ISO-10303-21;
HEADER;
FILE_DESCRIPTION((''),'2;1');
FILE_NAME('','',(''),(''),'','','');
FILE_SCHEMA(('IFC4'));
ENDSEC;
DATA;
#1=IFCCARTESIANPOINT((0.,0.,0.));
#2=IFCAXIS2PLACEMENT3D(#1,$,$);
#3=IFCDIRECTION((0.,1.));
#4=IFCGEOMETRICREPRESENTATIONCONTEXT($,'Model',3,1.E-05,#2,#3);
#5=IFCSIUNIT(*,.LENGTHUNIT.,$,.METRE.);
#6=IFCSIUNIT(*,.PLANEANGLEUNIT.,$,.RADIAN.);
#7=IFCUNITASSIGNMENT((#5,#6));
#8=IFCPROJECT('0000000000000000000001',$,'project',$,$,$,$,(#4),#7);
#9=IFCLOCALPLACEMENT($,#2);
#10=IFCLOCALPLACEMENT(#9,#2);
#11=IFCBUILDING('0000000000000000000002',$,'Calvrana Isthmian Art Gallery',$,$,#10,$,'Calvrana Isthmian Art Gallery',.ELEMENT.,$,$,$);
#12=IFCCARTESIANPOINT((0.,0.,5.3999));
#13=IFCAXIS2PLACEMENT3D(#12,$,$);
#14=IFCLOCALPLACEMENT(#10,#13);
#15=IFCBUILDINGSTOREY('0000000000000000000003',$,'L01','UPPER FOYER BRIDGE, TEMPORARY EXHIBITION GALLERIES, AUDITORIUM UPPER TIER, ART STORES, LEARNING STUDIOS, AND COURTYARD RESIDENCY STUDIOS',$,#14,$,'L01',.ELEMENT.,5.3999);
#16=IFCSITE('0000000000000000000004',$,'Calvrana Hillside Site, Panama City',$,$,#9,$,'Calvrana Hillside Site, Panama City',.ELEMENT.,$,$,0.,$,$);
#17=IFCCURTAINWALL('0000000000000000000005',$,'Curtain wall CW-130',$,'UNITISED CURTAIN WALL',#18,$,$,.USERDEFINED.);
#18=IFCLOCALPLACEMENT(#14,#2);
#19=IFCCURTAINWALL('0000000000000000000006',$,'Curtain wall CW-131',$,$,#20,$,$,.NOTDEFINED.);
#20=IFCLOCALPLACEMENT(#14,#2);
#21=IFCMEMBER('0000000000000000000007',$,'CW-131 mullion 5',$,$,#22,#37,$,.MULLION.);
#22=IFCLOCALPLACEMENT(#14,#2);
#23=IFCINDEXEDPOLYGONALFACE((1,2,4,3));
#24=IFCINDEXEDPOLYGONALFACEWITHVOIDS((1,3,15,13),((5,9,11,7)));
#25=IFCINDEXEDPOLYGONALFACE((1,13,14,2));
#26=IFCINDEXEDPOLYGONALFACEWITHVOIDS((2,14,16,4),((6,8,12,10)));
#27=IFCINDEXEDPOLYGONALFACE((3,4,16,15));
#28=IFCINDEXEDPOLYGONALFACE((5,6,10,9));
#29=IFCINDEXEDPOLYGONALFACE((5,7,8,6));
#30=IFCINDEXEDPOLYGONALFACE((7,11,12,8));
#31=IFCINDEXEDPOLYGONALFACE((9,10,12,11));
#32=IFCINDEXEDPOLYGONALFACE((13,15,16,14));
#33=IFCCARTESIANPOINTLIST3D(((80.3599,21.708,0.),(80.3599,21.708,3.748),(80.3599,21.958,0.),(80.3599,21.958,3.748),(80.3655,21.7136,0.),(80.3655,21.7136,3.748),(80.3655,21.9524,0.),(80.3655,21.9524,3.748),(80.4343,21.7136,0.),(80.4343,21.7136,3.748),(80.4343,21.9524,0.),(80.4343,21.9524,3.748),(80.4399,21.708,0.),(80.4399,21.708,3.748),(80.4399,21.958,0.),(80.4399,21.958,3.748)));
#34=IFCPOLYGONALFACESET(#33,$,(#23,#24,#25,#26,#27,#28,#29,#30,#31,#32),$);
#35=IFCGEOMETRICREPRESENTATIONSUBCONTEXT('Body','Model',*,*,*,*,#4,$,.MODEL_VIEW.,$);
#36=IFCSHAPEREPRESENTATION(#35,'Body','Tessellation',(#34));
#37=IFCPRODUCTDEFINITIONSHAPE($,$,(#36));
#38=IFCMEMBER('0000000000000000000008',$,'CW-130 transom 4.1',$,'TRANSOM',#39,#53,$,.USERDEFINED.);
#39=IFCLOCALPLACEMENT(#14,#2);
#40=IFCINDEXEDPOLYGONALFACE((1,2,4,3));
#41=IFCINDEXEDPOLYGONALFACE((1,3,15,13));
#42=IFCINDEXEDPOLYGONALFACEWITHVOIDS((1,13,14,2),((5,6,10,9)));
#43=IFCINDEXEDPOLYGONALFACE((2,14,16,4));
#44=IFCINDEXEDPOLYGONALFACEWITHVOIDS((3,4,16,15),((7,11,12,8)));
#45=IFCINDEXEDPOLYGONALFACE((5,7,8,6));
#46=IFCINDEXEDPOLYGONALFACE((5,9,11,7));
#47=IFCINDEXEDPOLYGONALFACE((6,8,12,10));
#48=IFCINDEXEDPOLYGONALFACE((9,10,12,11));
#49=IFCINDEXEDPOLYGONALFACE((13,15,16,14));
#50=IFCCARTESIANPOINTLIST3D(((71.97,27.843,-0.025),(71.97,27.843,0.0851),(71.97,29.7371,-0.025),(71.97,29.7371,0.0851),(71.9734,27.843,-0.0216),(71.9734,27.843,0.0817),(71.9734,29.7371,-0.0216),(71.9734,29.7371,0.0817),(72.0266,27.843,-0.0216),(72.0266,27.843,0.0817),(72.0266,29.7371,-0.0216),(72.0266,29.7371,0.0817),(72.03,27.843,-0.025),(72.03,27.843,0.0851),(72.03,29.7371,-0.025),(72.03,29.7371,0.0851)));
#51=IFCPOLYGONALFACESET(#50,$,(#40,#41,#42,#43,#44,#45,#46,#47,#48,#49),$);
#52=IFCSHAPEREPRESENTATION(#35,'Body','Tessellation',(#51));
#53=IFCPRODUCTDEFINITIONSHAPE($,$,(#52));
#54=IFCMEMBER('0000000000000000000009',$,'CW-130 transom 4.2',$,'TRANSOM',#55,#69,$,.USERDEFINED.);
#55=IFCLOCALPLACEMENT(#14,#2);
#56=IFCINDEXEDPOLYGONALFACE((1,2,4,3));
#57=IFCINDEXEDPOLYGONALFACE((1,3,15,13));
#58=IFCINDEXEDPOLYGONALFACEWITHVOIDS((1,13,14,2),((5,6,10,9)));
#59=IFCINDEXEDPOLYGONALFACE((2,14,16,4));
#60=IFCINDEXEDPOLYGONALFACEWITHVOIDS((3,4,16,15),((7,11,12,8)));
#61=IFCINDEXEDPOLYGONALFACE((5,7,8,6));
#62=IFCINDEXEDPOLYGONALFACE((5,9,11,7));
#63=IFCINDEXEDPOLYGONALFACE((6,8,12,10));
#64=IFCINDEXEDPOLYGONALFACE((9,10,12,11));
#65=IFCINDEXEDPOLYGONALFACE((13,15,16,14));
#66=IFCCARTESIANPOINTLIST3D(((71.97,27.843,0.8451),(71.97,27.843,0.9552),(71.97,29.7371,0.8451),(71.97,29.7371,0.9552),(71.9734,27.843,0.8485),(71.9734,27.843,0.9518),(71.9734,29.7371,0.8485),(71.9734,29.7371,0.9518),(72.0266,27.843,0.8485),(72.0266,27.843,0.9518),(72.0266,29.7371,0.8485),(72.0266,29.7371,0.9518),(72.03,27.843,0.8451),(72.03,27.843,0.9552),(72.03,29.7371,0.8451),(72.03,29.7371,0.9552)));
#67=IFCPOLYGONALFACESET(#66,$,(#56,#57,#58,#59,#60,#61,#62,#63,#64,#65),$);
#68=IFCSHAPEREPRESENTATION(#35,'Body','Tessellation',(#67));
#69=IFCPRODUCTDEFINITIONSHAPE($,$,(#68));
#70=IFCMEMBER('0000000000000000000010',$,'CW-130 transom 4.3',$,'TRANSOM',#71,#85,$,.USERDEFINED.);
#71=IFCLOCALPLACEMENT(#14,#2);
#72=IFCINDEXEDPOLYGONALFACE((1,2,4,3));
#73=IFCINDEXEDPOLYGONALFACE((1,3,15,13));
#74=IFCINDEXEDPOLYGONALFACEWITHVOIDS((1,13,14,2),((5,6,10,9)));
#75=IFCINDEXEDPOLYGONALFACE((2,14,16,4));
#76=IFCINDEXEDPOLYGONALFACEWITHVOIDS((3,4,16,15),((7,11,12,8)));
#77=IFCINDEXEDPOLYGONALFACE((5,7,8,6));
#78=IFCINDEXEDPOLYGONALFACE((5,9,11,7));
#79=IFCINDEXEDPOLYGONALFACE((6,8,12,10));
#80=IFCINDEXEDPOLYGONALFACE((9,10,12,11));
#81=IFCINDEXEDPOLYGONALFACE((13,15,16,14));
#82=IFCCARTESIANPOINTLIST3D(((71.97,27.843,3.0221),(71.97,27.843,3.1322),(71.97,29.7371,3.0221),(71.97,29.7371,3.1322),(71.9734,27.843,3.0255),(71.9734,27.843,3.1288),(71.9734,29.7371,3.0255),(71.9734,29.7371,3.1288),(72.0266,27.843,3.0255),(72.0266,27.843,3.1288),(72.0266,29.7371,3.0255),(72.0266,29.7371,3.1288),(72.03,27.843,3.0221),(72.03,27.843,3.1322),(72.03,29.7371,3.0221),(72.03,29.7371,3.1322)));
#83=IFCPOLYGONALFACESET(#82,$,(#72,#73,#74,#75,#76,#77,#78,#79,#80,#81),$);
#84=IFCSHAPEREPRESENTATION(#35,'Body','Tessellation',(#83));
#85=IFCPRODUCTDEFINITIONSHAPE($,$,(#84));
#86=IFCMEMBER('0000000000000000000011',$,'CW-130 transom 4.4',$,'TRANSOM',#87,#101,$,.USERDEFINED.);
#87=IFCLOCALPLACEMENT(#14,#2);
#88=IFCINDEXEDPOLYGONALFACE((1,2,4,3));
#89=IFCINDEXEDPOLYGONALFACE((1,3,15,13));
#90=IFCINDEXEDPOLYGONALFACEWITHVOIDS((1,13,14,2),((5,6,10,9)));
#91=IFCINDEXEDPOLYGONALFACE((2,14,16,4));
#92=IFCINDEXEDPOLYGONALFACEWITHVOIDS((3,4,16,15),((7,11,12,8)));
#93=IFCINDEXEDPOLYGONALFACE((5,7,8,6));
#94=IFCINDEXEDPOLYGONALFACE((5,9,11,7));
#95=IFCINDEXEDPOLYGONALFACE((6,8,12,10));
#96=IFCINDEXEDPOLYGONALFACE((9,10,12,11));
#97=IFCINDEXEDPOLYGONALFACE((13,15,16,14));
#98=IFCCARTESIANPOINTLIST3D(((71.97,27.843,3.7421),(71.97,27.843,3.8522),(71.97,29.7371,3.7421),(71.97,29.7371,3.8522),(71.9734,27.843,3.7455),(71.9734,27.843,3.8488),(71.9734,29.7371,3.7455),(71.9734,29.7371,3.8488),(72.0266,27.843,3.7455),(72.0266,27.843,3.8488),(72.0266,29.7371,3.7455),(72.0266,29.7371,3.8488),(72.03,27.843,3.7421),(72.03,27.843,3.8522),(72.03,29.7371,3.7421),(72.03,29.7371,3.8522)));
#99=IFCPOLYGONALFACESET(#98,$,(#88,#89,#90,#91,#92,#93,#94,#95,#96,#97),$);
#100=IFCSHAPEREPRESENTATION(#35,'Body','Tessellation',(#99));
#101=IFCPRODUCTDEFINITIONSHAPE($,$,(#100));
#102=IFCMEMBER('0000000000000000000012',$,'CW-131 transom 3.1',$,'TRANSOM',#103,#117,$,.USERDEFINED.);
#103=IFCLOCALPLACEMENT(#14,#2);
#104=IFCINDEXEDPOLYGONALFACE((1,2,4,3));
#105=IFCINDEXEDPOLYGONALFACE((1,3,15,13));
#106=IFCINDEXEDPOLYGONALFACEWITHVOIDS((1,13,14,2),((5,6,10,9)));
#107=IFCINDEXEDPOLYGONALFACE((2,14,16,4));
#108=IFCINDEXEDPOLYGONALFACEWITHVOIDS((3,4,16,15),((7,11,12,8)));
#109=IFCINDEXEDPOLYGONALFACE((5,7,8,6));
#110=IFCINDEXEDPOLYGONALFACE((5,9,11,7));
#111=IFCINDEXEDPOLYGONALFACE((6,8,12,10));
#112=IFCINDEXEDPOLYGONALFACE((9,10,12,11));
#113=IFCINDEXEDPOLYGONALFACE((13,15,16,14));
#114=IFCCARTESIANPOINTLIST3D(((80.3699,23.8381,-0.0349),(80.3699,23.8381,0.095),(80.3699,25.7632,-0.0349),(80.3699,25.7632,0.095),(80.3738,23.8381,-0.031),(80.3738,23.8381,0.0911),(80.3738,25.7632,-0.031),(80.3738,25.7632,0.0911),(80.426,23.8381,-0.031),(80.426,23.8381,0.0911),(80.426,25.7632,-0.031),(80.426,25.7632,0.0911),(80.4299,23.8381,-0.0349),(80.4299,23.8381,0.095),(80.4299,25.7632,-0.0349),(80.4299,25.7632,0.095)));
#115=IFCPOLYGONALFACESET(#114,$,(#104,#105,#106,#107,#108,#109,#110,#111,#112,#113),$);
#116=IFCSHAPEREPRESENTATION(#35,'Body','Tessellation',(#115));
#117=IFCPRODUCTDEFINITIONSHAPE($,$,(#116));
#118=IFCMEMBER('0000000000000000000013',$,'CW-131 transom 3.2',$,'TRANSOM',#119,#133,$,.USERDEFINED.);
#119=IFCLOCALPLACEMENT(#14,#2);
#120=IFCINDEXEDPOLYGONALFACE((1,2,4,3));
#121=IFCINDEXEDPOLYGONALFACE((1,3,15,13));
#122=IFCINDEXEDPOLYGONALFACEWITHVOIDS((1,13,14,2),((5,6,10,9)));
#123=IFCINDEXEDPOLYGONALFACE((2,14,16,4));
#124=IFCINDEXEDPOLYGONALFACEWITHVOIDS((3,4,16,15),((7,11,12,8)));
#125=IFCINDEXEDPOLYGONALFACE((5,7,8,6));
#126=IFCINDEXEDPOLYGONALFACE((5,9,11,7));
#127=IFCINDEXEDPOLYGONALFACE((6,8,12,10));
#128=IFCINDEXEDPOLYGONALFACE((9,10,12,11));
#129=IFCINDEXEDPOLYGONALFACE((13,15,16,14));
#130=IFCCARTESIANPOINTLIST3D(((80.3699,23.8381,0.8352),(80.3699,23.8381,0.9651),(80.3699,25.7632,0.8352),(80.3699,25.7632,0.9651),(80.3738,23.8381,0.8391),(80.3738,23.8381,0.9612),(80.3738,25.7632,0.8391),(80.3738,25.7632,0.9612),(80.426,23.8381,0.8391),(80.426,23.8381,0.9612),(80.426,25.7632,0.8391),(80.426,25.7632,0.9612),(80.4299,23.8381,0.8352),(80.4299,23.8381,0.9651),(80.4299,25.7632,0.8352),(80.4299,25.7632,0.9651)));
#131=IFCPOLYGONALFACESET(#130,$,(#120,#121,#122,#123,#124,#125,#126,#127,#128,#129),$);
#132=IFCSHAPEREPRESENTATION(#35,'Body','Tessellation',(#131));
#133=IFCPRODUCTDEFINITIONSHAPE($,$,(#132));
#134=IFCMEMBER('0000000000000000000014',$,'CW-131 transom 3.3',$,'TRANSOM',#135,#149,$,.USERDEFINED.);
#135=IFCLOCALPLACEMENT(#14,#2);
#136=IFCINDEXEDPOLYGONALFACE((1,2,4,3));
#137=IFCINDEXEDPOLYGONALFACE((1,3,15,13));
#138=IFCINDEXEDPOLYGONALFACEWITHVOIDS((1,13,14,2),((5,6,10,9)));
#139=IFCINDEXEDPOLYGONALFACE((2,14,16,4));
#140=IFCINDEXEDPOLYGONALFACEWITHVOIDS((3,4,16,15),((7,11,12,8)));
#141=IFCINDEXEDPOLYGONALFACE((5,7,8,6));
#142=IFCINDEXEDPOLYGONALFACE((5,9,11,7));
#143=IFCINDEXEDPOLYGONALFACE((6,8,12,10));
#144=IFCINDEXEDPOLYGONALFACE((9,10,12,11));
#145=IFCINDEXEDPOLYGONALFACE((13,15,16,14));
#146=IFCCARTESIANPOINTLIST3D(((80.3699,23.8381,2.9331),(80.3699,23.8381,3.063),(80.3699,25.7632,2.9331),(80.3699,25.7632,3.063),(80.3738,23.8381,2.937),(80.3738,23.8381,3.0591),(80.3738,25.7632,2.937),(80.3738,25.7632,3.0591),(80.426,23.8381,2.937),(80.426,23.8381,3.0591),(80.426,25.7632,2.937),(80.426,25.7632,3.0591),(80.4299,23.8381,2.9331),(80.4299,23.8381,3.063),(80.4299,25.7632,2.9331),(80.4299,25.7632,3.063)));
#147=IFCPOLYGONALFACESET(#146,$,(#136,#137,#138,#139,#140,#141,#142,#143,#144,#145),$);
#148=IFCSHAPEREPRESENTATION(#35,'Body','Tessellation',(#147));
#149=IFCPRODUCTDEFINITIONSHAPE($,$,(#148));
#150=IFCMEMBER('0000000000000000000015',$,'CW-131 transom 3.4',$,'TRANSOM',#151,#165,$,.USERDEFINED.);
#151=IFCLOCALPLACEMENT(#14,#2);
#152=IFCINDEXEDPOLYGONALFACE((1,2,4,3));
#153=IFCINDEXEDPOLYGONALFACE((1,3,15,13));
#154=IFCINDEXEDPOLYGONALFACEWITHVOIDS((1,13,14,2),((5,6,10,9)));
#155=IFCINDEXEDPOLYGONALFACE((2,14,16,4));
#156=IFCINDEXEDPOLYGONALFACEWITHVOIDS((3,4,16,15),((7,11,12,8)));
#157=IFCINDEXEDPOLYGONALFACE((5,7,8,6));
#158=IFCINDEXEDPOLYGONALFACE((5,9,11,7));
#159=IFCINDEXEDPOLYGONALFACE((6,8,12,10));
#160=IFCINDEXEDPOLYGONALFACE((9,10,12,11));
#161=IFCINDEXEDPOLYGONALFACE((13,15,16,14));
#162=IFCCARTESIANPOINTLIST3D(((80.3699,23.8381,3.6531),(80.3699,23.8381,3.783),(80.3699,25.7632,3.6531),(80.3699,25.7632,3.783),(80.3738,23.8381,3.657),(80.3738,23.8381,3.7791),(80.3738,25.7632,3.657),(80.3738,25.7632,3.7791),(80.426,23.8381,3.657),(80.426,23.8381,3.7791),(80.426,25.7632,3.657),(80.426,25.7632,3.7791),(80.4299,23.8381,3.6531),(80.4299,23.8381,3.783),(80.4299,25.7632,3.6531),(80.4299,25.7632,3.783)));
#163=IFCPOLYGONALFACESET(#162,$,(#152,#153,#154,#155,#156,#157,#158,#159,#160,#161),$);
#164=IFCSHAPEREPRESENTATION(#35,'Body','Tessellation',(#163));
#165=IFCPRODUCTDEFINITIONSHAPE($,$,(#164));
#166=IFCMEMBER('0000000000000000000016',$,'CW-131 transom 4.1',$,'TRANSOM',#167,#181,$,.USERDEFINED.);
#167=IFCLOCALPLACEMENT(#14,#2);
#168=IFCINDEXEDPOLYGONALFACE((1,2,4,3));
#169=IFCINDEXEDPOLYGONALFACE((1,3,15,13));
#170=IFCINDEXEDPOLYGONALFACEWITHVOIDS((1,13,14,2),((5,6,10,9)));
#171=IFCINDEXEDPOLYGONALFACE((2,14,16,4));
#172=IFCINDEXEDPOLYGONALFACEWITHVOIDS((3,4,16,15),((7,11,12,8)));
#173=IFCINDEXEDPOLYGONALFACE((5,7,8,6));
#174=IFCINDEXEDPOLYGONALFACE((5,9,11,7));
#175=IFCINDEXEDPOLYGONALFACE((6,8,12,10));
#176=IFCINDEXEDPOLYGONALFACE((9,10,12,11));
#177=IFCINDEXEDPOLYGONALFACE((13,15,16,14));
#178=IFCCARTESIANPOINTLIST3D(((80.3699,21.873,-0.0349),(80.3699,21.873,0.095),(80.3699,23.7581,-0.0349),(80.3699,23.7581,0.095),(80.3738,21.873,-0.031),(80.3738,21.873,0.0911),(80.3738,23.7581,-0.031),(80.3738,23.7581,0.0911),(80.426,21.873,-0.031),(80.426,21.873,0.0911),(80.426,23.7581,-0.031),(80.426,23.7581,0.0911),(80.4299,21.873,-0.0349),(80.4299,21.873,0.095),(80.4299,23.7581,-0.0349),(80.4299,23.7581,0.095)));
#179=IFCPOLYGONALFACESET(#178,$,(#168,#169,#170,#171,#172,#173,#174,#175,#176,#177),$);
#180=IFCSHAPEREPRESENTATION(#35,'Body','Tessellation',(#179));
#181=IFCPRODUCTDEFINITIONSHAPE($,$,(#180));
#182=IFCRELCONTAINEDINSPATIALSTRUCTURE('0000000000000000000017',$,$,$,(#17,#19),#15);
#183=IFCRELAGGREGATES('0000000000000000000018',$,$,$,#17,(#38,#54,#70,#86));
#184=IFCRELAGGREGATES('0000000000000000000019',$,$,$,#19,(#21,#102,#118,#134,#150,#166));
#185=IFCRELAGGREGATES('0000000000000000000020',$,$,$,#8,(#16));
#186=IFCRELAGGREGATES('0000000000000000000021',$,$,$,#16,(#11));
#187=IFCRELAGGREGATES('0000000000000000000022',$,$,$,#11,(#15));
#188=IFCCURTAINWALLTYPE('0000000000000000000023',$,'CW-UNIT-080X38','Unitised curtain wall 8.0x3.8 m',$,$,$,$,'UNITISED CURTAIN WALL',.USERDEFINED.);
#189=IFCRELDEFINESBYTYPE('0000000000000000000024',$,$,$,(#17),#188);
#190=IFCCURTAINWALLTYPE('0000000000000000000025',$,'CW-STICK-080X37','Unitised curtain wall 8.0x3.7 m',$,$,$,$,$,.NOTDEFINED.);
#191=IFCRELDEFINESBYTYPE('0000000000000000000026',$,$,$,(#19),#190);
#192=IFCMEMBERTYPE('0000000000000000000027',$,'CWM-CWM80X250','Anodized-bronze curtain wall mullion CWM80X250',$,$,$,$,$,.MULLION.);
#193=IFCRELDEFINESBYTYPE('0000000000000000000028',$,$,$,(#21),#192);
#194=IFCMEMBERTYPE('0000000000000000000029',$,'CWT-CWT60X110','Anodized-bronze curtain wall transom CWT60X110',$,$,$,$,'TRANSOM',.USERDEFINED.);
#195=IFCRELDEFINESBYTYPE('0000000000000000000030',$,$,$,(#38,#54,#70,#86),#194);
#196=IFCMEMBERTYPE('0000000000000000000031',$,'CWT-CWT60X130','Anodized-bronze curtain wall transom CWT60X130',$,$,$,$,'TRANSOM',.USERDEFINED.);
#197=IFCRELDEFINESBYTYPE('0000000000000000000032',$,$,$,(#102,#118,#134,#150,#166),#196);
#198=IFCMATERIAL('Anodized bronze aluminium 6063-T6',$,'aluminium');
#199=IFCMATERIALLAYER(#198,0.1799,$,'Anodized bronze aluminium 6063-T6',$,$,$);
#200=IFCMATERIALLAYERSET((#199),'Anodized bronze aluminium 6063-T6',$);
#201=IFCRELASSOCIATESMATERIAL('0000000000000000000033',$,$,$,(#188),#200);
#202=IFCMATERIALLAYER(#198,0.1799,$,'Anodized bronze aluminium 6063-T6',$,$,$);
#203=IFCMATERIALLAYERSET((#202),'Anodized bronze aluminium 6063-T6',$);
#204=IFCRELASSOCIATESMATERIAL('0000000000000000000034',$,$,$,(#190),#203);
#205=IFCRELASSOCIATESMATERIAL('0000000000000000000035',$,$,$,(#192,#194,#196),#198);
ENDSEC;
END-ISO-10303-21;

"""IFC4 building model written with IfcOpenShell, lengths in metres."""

from ifc_helpers import new_model, si_unit, direction, frame, origin, origin_2d, place, context, subcontext, project, spatial, hollow_rectangle, extrude, material, layer, layer_set, material_profile, profile_set, type_object, element, aggregate, save


model = new_model("IFC4")

# Units and contexts
model_context = context("Model", 3, precision=1e-05, world=origin(), true_north=direction((0.0, 1.0)))
body_context = subcontext(model_context, "Body", "Model", "MODEL_VIEW")
ifc_project = project(units=[si_unit("LENGTHUNIT", "METRE"), si_unit("PLANEANGLEUNIT", "RADIAN")], contexts=[model_context])

# Site, building, storey
site_placement = place(None, origin())
site = spatial("IfcSite", under=ifc_project, at=site_placement, Name="Calvrana Hillside Site, Panama City", LongName="Calvrana Hillside Site, Panama City", CompositionType="ELEMENT", RefElevation=0.0)
building_placement = place(site_placement, origin())
building = spatial("IfcBuilding", under=site, at=building_placement, Name="Calvrana Isthmian Art Gallery", LongName="Calvrana Isthmian Art Gallery", CompositionType="ELEMENT")
storey_placement = place(building_placement, frame((0.0, 0.0, 5.3999)))
storey = spatial("IfcBuildingStorey", under=building, at=storey_placement, Name="L01", Description="UPPER FOYER BRIDGE, TEMPORARY EXHIBITION GALLERIES, AUDITORIUM UPPER TIER, ART STORES, LEARNING STUDIOS, AND COURTYARD RESIDENCY STUDIOS", LongName="L01", CompositionType="ELEMENT", Elevation=5.3999)

# Curtain wall
ifc_material_1 = material(Name="Anodized bronze aluminium 6063-T6", Category="aluminium")
ifc_layer_1 = layer(ifc_material_1, 0.1799, Name="Anodized bronze aluminium 6063-T6")
ifc_layer_set_1 = layer_set([ifc_layer_1], Name="Anodized bronze aluminium 6063-T6")
curtain_wall_type_1 = type_object("IfcCurtainWallType", Name="CW-UNIT-080X38", Description="Unitised curtain wall 8.0x3.8 m", ElementType="UNITISED CURTAIN WALL", PredefinedType="USERDEFINED", material=ifc_layer_set_1)
curtain_wall_1_placement = place(storey_placement, origin())
curtain_wall_1 = element("IfcCurtainWall", 1, at=curtain_wall_1_placement, inside=storey, type_object=curtain_wall_type_1, Name="Curtain wall CW-130", ObjectType="UNITISED CURTAIN WALL", PredefinedType="USERDEFINED")

# Curtain wall, member
ifc_layer_2 = layer(ifc_material_1, 0.1799, Name="Anodized bronze aluminium 6063-T6")
ifc_layer_set_2 = layer_set([ifc_layer_2], Name="Anodized bronze aluminium 6063-T6")
curtain_wall_type_2 = type_object("IfcCurtainWallType", Name="CW-STICK-080X37", Description="Unitised curtain wall 8.0x3.7 m", PredefinedType="NOTDEFINED", material=ifc_layer_set_2)
curtain_wall_2_placement = place(storey_placement, origin())
curtain_wall_2 = element("IfcCurtainWall", 2, at=curtain_wall_2_placement, inside=storey, type_object=curtain_wall_type_2, Name="Curtain wall CW-131", PredefinedType="NOTDEFINED")
ifc_material_profile_1 = material_profile(ifc_material_1, hollow_rectangle(XDim=0.0801, YDim=0.25, WallThickness=0.0056, at=origin_2d()), Name="CWM80X250")
ifc_profile_set_1 = profile_set([ifc_material_profile_1], Name="Anodized bronze aluminium 6063-T6")
member_type_1 = type_object("IfcMemberType", Name="CWM-CWM80X250", Description="Anodized-bronze curtain wall mullion CWM80X250", PredefinedType="MULLION", material=ifc_profile_set_1)
member_1_placement = place(storey_placement, frame((80.3999, 21.833, 0.0), z_axis=(0.0, 0.0, 1.0), x_axis=(1.0, 0.0, 0.0)))
member_1 = element("IfcMember", 3, at=member_1_placement, type_object=member_type_1, Name="CW-131 mullion 5", PredefinedType="MULLION", context=body_context, shape_type="SweptSolid", body=[
    extrude(hollow_rectangle(XDim=0.0801, YDim=0.25, WallThickness=0.0056, at=origin_2d()), origin(), (0.0, 0.0, 1.0), 3.748),
])

# Members
ifc_material_profile_2 = material_profile(ifc_material_1, hollow_rectangle(XDim=0.0601, YDim=0.1101, WallThickness=0.0034, at=origin_2d()), Name="CWT60X110")
ifc_profile_set_2 = profile_set([ifc_material_profile_2], Name="Anodized bronze aluminium 6063-T6")
member_type_2 = type_object("IfcMemberType", Name="CWT-CWT60X110", Description="Anodized-bronze curtain wall transom CWT60X110", ElementType="TRANSOM", PredefinedType="USERDEFINED", material=ifc_profile_set_2)
member_2_placement = place(storey_placement, frame((72.0, 27.843, 0.03), z_axis=(0.0, 1.0, 0.0), x_axis=(-1.0, 0.0, 0.0)))
member_2 = element("IfcMember", 4, at=member_2_placement, type_object=member_type_2, Name="CW-130 transom 4.1", ObjectType="TRANSOM", PredefinedType="USERDEFINED", context=body_context, shape_type="SweptSolid", body=[
    extrude(hollow_rectangle(XDim=0.0601, YDim=0.1101, WallThickness=0.0034, at=origin_2d()), origin(), (0.0, 0.0, 1.0), 1.894),
])
member_3_placement = place(storey_placement, frame((72.0, 27.843, 0.9001), z_axis=(0.0, 1.0, 0.0), x_axis=(-1.0, 0.0, 0.0)))
member_3 = element("IfcMember", 5, at=member_3_placement, type_object=member_type_2, Name="CW-130 transom 4.2", ObjectType="TRANSOM", PredefinedType="USERDEFINED", context=body_context, shape_type="SweptSolid", body=[
    extrude(hollow_rectangle(XDim=0.0601, YDim=0.1101, WallThickness=0.0034, at=origin_2d()), origin(), (0.0, 0.0, 1.0), 1.894),
])
member_4_placement = place(storey_placement, frame((72.0, 27.843, 3.0771), z_axis=(0.0, 1.0, 0.0), x_axis=(-1.0, 0.0, 0.0)))
member_4 = element("IfcMember", 6, at=member_4_placement, type_object=member_type_2, Name="CW-130 transom 4.3", ObjectType="TRANSOM", PredefinedType="USERDEFINED", context=body_context, shape_type="SweptSolid", body=[
    extrude(hollow_rectangle(XDim=0.0601, YDim=0.1101, WallThickness=0.0034, at=origin_2d()), origin(), (0.0, 0.0, 1.0), 1.894),
])
member_5_placement = place(storey_placement, frame((72.0, 27.843, 3.7971), z_axis=(0.0, 1.0, 0.0), x_axis=(-1.0, 0.0, 0.0)))
member_5 = element("IfcMember", 7, at=member_5_placement, type_object=member_type_2, Name="CW-130 transom 4.4", ObjectType="TRANSOM", PredefinedType="USERDEFINED", context=body_context, shape_type="SweptSolid", body=[
    extrude(hollow_rectangle(XDim=0.0601, YDim=0.1101, WallThickness=0.0034, at=origin_2d()), origin(), (0.0, 0.0, 1.0), 1.894),
])
ifc_material_profile_3 = material_profile(ifc_material_1, hollow_rectangle(XDim=0.0601, YDim=0.1299, WallThickness=0.0039, at=origin_2d()), Name="CWT60X130")
ifc_profile_set_3 = profile_set([ifc_material_profile_3], Name="Anodized bronze aluminium 6063-T6")
member_type_3 = type_object("IfcMemberType", Name="CWT-CWT60X130", Description="Anodized-bronze curtain wall transom CWT60X130", ElementType="TRANSOM", PredefinedType="USERDEFINED", material=ifc_profile_set_3)
member_6_placement = place(storey_placement, frame((80.3999, 25.7632, 0.03), z_axis=(0.0, -1.0, 0.0), x_axis=(1.0, 0.0, 0.0)))
member_6 = element("IfcMember", 8, at=member_6_placement, type_object=member_type_3, Name="CW-131 transom 3.1", ObjectType="TRANSOM", PredefinedType="USERDEFINED", context=body_context, shape_type="SweptSolid", body=[
    extrude(hollow_rectangle(XDim=0.0601, YDim=0.1299, WallThickness=0.0039, at=origin_2d()), origin(), (0.0, 0.0, 1.0), 1.925),
])
member_7_placement = place(storey_placement, frame((80.3999, 25.7632, 0.9001), z_axis=(0.0, -1.0, 0.0), x_axis=(1.0, 0.0, 0.0)))
member_7 = element("IfcMember", 9, at=member_7_placement, type_object=member_type_3, Name="CW-131 transom 3.2", ObjectType="TRANSOM", PredefinedType="USERDEFINED", context=body_context, shape_type="SweptSolid", body=[
    extrude(hollow_rectangle(XDim=0.0601, YDim=0.1299, WallThickness=0.0039, at=origin_2d()), origin(), (0.0, 0.0, 1.0), 1.925),
])
member_8_placement = place(storey_placement, frame((80.3999, 25.7632, 2.998), z_axis=(0.0, -1.0, 0.0), x_axis=(1.0, 0.0, 0.0)))
member_8 = element("IfcMember", 10, at=member_8_placement, type_object=member_type_3, Name="CW-131 transom 3.3", ObjectType="TRANSOM", PredefinedType="USERDEFINED", context=body_context, shape_type="SweptSolid", body=[
    extrude(hollow_rectangle(XDim=0.0601, YDim=0.1299, WallThickness=0.0039, at=origin_2d()), origin(), (0.0, 0.0, 1.0), 1.925),
])
member_9_placement = place(storey_placement, frame((80.3999, 25.7632, 3.718), z_axis=(0.0, -1.0, 0.0), x_axis=(1.0, 0.0, 0.0)))
member_9 = element("IfcMember", 11, at=member_9_placement, type_object=member_type_3, Name="CW-131 transom 3.4", ObjectType="TRANSOM", PredefinedType="USERDEFINED", context=body_context, shape_type="SweptSolid", body=[
    extrude(hollow_rectangle(XDim=0.0601, YDim=0.1299, WallThickness=0.0039, at=origin_2d()), origin(), (0.0, 0.0, 1.0), 1.925),
])
member_10_placement = place(storey_placement, frame((80.3999, 23.7581, 0.03), z_axis=(0.0, -1.0, 0.0), x_axis=(1.0, 0.0, 0.0)))
member_10 = element("IfcMember", 12, at=member_10_placement, type_object=member_type_3, Name="CW-131 transom 4.1", ObjectType="TRANSOM", PredefinedType="USERDEFINED", context=body_context, shape_type="SweptSolid", body=[
    extrude(hollow_rectangle(XDim=0.0601, YDim=0.1299, WallThickness=0.0039, at=origin_2d()), origin(), (0.0, 0.0, 1.0), 1.885),
])

aggregate(curtain_wall_1, [member_2, member_3, member_4, member_5])
aggregate(curtain_wall_2, [member_1, member_6, member_7, member_8, member_9, member_10])

save(model, "model.ifc")
